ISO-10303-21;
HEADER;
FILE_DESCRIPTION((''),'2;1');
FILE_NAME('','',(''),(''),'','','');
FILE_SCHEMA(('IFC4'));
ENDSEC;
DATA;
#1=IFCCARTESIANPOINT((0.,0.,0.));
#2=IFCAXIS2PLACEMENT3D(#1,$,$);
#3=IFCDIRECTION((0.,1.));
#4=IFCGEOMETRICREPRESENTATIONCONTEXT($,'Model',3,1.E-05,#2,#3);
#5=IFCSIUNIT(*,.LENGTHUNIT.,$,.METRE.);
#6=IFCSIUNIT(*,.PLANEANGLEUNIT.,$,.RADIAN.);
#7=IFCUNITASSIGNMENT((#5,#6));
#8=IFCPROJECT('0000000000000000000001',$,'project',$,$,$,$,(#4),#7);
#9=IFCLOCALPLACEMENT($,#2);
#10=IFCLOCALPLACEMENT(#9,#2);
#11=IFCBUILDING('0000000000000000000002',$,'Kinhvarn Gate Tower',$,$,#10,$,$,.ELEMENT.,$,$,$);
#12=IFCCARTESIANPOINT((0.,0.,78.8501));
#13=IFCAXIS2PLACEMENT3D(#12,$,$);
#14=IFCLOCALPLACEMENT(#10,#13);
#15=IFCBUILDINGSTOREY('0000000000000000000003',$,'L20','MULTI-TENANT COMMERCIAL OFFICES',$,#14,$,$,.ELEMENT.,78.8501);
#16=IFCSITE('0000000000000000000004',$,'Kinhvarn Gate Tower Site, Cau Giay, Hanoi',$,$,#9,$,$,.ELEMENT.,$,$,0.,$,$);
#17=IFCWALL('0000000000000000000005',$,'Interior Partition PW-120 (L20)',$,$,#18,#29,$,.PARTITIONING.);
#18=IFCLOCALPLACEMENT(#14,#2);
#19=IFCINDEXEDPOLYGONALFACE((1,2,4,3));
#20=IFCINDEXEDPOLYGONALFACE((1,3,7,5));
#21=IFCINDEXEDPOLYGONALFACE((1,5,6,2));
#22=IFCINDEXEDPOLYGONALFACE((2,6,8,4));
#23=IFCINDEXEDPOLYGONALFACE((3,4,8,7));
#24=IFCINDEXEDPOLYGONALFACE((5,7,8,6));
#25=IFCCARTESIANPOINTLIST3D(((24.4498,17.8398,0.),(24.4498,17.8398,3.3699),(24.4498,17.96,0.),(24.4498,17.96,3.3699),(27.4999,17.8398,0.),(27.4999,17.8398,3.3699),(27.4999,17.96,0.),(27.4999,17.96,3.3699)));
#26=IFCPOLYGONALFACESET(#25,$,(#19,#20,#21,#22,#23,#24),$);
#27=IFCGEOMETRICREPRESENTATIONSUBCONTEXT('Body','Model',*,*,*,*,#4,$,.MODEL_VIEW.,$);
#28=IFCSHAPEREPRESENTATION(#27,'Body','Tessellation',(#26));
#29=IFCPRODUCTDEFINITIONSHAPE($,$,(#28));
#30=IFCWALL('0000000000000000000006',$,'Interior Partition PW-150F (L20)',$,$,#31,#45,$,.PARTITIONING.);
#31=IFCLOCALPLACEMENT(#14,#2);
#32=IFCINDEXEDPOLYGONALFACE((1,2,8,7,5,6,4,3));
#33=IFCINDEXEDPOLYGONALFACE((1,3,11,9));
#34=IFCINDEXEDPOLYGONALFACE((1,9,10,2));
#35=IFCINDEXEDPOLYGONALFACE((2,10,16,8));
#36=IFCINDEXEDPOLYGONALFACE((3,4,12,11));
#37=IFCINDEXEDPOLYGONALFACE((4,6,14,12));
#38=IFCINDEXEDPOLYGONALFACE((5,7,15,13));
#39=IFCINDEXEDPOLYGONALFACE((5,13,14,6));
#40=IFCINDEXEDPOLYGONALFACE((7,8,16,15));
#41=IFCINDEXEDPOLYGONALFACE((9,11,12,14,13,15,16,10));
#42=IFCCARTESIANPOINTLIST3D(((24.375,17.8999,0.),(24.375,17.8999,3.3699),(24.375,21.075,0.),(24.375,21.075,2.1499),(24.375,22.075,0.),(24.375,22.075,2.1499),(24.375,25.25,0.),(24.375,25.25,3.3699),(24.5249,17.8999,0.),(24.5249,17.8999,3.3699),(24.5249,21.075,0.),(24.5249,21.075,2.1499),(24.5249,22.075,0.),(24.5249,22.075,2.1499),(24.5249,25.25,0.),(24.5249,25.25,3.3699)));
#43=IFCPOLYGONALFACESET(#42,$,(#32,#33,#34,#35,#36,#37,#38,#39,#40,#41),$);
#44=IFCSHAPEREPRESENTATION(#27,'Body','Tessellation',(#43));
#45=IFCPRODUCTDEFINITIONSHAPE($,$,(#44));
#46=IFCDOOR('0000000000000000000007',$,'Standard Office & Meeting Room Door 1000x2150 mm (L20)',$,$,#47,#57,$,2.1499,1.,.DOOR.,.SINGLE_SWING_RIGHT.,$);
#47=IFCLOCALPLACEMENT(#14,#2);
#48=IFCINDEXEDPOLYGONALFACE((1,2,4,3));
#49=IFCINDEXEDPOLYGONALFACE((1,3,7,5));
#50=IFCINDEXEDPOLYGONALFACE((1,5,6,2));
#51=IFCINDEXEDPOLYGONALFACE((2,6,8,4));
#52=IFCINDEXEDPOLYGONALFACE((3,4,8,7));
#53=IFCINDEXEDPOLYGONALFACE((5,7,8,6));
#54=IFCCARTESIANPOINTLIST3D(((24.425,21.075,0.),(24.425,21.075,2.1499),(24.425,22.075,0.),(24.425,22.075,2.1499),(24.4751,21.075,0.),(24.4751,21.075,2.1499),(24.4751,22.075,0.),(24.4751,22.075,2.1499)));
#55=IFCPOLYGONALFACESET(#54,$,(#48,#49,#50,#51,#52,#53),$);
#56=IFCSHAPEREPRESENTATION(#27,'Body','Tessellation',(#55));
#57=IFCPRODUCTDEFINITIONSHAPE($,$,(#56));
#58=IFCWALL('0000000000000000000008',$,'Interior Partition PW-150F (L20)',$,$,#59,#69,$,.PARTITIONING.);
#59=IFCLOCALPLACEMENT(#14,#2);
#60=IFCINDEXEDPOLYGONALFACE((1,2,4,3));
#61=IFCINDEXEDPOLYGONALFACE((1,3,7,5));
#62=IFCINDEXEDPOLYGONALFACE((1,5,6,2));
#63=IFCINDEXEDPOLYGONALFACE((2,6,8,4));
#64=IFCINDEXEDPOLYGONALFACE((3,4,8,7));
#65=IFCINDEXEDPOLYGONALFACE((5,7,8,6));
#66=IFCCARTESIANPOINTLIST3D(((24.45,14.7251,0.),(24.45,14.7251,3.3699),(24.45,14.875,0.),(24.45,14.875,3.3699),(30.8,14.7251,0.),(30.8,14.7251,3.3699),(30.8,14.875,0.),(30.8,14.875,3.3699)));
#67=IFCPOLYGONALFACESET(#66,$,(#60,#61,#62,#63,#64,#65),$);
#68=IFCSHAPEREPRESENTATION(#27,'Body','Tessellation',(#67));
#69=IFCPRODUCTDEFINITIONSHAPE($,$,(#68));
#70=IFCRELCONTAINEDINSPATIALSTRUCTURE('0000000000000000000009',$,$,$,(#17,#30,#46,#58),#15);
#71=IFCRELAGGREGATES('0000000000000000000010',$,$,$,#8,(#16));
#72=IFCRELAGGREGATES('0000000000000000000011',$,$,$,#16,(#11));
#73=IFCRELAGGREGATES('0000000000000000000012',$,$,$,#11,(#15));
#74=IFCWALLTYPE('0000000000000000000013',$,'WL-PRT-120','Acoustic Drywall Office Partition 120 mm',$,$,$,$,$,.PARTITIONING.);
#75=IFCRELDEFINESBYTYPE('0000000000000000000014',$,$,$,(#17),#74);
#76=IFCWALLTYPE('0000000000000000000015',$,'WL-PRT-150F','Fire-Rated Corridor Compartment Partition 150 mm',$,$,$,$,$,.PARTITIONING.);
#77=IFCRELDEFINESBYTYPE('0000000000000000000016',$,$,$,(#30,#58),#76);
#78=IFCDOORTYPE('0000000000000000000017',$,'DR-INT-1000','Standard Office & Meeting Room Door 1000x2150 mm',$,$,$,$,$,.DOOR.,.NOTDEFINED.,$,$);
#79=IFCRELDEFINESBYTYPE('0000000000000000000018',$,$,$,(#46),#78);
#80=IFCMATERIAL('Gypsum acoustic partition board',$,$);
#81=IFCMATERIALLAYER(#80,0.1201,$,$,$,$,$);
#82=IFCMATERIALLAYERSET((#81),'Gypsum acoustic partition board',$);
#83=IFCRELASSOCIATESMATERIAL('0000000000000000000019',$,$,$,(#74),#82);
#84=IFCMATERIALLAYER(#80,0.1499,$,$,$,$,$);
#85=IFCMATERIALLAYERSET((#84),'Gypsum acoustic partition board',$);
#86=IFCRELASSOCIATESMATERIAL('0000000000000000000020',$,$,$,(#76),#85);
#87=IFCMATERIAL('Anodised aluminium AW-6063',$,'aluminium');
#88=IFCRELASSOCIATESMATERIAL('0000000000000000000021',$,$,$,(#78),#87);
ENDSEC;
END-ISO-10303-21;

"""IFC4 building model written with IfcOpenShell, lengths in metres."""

from ifc_helpers import new_model, si_unit, direction, frame, frame_2d, origin, place, context, subcontext, project, spatial, rectangle, extrude, material, layer, layer_set, type_object, element, fill, save


model = new_model("IFC4")

# Units and contexts
model_context = context("Model", 3, precision=1e-05, world=origin(), true_north=direction((0.0, 1.0)))
body_context = subcontext(model_context, "Body", "Model", "MODEL_VIEW")
ifc_project = project(units=[si_unit("LENGTHUNIT", "METRE"), si_unit("PLANEANGLEUNIT", "RADIAN")], contexts=[model_context])

# Site, building, storey
site_placement = place(None, origin())
site = spatial("IfcSite", under=ifc_project, at=site_placement, Name="Kinhvarn Gate Tower Site, Cau Giay, Hanoi", CompositionType="ELEMENT", RefElevation=0.0)
building_placement = place(site_placement, origin())
building = spatial("IfcBuilding", under=site, at=building_placement, Name="Kinhvarn Gate Tower", CompositionType="ELEMENT")
storey_placement = place(building_placement, frame((0.0, 0.0, 78.8501)))
storey = spatial("IfcBuildingStorey", under=building, at=storey_placement, Name="L20", Description="MULTI-TENANT COMMERCIAL OFFICES", CompositionType="ELEMENT", Elevation=78.8501)

# Shared definitions
ifc_material_1 = material(Name="Anodised aluminium AW-6063", Category="aluminium")

# Wall
ifc_material_2 = material(Name="Gypsum acoustic partition board")
ifc_layer_1 = layer(ifc_material_2, 0.1201)
ifc_layer_set_1 = layer_set([ifc_layer_1], Name="Gypsum acoustic partition board")
wall_type_1 = type_object("IfcWallType", Name="WL-PRT-120", Description="Acoustic Drywall Office Partition 120 mm", PredefinedType="PARTITIONING", material=ifc_layer_set_1)
wall_1_placement = place(storey_placement, frame((24.45, 17.8999, 0.0), z_axis=(0.0, 0.0, 1.0), x_axis=(1.0, 0.0, 0.0)))
element("IfcWall", 1, at=wall_1_placement, inside=storey, type_object=wall_type_1, Name="Interior Partition PW-120 (L20)", PredefinedType="PARTITIONING", context=body_context, shape_type="SweptSolid", body=[
    extrude(rectangle(XDim=3.05, YDim=0.1201, at=frame_2d((1.5249, 0.0))), origin(), (0.0, 0.0, 1.0), 3.3699),
])

# Wall, opening, door
ifc_layer_2 = layer(ifc_material_2, 0.1499)
ifc_layer_set_2 = layer_set([ifc_layer_2], Name="Gypsum acoustic partition board")
wall_type_2 = type_object("IfcWallType", Name="WL-PRT-150F", Description="Fire-Rated Corridor Compartment Partition 150 mm", PredefinedType="PARTITIONING", material=ifc_layer_set_2)
door_type_1 = type_object("IfcDoorType", Name="DR-INT-1000", Description="Standard Office & Meeting Room Door 1000x2150 mm", OperationType="NOTDEFINED", PredefinedType="DOOR", material=ifc_material_1)
wall_2_placement = place(storey_placement, frame((24.45, 17.8999, 0.0), z_axis=(0.0, 0.0, 1.0), x_axis=(0.0, 1.0, 0.0)))
wall_2 = element("IfcWall", 2, at=wall_2_placement, inside=storey, type_object=wall_type_2, Name="Interior Partition PW-150F (L20)", PredefinedType="PARTITIONING", context=body_context, shape_type="SweptSolid", body=[
    extrude(rectangle(XDim=7.3501, YDim=0.1499, at=frame_2d((3.675, 0.0))), origin(), (0.0, 0.0, 1.0), 3.3699),
])
opening_1_placement = place(wall_2_placement, frame((3.175, 0.0, 0.0)))
opening_1 = element("IfcOpeningElement", 3, at=opening_1_placement, cuts=wall_2, PredefinedType="OPENING", context=body_context, shape_type="SweptSolid", body=[
    extrude(rectangle(XDim=1.0, YDim=2.1499, at=frame_2d((0.5, 1.075))), frame((0.0, 0.085, 0.0), z_axis=(0.0, -1.0, 0.0), x_axis=(1.0, 0.0, 0.0)), (0.0, 0.0, 1.0), 0.1699),
])
door_1_placement = place(opening_1_placement, origin())
door_1 = element("IfcDoor", 4, at=door_1_placement, inside=storey, type_object=door_type_1, Name="Standard Office & Meeting Room Door 1000x2150 mm (L20)", OperationType="SINGLE_SWING_RIGHT", OverallHeight=2.1499, OverallWidth=1.0, PredefinedType="DOOR", context=body_context, shape_type="SweptSolid", body=[
    extrude(rectangle(XDim=1.0, YDim=2.1499, at=frame_2d((0.5, 1.075))), frame((0.0, 0.0249, 0.0), z_axis=(0.0, -1.0, 0.0), x_axis=(1.0, 0.0, 0.0)), (0.0, 0.0, 1.0), 0.05),
])
fill(opening_1, door_1)

# Wall
wall_3_placement = place(storey_placement, frame((24.45, 14.8, 0.0), z_axis=(0.0, 0.0, 1.0), x_axis=(1.0, 0.0, 0.0)))
element("IfcWall", 5, at=wall_3_placement, inside=storey, type_object=wall_type_2, Name="Interior Partition PW-150F (L20)", PredefinedType="PARTITIONING", context=body_context, shape_type="SweptSolid", body=[
    extrude(rectangle(XDim=6.3501, YDim=0.1499, at=frame_2d((3.175, 0.0))), origin(), (0.0, 0.0, 1.0), 3.3699),
])

save(model, "model.ifc")
